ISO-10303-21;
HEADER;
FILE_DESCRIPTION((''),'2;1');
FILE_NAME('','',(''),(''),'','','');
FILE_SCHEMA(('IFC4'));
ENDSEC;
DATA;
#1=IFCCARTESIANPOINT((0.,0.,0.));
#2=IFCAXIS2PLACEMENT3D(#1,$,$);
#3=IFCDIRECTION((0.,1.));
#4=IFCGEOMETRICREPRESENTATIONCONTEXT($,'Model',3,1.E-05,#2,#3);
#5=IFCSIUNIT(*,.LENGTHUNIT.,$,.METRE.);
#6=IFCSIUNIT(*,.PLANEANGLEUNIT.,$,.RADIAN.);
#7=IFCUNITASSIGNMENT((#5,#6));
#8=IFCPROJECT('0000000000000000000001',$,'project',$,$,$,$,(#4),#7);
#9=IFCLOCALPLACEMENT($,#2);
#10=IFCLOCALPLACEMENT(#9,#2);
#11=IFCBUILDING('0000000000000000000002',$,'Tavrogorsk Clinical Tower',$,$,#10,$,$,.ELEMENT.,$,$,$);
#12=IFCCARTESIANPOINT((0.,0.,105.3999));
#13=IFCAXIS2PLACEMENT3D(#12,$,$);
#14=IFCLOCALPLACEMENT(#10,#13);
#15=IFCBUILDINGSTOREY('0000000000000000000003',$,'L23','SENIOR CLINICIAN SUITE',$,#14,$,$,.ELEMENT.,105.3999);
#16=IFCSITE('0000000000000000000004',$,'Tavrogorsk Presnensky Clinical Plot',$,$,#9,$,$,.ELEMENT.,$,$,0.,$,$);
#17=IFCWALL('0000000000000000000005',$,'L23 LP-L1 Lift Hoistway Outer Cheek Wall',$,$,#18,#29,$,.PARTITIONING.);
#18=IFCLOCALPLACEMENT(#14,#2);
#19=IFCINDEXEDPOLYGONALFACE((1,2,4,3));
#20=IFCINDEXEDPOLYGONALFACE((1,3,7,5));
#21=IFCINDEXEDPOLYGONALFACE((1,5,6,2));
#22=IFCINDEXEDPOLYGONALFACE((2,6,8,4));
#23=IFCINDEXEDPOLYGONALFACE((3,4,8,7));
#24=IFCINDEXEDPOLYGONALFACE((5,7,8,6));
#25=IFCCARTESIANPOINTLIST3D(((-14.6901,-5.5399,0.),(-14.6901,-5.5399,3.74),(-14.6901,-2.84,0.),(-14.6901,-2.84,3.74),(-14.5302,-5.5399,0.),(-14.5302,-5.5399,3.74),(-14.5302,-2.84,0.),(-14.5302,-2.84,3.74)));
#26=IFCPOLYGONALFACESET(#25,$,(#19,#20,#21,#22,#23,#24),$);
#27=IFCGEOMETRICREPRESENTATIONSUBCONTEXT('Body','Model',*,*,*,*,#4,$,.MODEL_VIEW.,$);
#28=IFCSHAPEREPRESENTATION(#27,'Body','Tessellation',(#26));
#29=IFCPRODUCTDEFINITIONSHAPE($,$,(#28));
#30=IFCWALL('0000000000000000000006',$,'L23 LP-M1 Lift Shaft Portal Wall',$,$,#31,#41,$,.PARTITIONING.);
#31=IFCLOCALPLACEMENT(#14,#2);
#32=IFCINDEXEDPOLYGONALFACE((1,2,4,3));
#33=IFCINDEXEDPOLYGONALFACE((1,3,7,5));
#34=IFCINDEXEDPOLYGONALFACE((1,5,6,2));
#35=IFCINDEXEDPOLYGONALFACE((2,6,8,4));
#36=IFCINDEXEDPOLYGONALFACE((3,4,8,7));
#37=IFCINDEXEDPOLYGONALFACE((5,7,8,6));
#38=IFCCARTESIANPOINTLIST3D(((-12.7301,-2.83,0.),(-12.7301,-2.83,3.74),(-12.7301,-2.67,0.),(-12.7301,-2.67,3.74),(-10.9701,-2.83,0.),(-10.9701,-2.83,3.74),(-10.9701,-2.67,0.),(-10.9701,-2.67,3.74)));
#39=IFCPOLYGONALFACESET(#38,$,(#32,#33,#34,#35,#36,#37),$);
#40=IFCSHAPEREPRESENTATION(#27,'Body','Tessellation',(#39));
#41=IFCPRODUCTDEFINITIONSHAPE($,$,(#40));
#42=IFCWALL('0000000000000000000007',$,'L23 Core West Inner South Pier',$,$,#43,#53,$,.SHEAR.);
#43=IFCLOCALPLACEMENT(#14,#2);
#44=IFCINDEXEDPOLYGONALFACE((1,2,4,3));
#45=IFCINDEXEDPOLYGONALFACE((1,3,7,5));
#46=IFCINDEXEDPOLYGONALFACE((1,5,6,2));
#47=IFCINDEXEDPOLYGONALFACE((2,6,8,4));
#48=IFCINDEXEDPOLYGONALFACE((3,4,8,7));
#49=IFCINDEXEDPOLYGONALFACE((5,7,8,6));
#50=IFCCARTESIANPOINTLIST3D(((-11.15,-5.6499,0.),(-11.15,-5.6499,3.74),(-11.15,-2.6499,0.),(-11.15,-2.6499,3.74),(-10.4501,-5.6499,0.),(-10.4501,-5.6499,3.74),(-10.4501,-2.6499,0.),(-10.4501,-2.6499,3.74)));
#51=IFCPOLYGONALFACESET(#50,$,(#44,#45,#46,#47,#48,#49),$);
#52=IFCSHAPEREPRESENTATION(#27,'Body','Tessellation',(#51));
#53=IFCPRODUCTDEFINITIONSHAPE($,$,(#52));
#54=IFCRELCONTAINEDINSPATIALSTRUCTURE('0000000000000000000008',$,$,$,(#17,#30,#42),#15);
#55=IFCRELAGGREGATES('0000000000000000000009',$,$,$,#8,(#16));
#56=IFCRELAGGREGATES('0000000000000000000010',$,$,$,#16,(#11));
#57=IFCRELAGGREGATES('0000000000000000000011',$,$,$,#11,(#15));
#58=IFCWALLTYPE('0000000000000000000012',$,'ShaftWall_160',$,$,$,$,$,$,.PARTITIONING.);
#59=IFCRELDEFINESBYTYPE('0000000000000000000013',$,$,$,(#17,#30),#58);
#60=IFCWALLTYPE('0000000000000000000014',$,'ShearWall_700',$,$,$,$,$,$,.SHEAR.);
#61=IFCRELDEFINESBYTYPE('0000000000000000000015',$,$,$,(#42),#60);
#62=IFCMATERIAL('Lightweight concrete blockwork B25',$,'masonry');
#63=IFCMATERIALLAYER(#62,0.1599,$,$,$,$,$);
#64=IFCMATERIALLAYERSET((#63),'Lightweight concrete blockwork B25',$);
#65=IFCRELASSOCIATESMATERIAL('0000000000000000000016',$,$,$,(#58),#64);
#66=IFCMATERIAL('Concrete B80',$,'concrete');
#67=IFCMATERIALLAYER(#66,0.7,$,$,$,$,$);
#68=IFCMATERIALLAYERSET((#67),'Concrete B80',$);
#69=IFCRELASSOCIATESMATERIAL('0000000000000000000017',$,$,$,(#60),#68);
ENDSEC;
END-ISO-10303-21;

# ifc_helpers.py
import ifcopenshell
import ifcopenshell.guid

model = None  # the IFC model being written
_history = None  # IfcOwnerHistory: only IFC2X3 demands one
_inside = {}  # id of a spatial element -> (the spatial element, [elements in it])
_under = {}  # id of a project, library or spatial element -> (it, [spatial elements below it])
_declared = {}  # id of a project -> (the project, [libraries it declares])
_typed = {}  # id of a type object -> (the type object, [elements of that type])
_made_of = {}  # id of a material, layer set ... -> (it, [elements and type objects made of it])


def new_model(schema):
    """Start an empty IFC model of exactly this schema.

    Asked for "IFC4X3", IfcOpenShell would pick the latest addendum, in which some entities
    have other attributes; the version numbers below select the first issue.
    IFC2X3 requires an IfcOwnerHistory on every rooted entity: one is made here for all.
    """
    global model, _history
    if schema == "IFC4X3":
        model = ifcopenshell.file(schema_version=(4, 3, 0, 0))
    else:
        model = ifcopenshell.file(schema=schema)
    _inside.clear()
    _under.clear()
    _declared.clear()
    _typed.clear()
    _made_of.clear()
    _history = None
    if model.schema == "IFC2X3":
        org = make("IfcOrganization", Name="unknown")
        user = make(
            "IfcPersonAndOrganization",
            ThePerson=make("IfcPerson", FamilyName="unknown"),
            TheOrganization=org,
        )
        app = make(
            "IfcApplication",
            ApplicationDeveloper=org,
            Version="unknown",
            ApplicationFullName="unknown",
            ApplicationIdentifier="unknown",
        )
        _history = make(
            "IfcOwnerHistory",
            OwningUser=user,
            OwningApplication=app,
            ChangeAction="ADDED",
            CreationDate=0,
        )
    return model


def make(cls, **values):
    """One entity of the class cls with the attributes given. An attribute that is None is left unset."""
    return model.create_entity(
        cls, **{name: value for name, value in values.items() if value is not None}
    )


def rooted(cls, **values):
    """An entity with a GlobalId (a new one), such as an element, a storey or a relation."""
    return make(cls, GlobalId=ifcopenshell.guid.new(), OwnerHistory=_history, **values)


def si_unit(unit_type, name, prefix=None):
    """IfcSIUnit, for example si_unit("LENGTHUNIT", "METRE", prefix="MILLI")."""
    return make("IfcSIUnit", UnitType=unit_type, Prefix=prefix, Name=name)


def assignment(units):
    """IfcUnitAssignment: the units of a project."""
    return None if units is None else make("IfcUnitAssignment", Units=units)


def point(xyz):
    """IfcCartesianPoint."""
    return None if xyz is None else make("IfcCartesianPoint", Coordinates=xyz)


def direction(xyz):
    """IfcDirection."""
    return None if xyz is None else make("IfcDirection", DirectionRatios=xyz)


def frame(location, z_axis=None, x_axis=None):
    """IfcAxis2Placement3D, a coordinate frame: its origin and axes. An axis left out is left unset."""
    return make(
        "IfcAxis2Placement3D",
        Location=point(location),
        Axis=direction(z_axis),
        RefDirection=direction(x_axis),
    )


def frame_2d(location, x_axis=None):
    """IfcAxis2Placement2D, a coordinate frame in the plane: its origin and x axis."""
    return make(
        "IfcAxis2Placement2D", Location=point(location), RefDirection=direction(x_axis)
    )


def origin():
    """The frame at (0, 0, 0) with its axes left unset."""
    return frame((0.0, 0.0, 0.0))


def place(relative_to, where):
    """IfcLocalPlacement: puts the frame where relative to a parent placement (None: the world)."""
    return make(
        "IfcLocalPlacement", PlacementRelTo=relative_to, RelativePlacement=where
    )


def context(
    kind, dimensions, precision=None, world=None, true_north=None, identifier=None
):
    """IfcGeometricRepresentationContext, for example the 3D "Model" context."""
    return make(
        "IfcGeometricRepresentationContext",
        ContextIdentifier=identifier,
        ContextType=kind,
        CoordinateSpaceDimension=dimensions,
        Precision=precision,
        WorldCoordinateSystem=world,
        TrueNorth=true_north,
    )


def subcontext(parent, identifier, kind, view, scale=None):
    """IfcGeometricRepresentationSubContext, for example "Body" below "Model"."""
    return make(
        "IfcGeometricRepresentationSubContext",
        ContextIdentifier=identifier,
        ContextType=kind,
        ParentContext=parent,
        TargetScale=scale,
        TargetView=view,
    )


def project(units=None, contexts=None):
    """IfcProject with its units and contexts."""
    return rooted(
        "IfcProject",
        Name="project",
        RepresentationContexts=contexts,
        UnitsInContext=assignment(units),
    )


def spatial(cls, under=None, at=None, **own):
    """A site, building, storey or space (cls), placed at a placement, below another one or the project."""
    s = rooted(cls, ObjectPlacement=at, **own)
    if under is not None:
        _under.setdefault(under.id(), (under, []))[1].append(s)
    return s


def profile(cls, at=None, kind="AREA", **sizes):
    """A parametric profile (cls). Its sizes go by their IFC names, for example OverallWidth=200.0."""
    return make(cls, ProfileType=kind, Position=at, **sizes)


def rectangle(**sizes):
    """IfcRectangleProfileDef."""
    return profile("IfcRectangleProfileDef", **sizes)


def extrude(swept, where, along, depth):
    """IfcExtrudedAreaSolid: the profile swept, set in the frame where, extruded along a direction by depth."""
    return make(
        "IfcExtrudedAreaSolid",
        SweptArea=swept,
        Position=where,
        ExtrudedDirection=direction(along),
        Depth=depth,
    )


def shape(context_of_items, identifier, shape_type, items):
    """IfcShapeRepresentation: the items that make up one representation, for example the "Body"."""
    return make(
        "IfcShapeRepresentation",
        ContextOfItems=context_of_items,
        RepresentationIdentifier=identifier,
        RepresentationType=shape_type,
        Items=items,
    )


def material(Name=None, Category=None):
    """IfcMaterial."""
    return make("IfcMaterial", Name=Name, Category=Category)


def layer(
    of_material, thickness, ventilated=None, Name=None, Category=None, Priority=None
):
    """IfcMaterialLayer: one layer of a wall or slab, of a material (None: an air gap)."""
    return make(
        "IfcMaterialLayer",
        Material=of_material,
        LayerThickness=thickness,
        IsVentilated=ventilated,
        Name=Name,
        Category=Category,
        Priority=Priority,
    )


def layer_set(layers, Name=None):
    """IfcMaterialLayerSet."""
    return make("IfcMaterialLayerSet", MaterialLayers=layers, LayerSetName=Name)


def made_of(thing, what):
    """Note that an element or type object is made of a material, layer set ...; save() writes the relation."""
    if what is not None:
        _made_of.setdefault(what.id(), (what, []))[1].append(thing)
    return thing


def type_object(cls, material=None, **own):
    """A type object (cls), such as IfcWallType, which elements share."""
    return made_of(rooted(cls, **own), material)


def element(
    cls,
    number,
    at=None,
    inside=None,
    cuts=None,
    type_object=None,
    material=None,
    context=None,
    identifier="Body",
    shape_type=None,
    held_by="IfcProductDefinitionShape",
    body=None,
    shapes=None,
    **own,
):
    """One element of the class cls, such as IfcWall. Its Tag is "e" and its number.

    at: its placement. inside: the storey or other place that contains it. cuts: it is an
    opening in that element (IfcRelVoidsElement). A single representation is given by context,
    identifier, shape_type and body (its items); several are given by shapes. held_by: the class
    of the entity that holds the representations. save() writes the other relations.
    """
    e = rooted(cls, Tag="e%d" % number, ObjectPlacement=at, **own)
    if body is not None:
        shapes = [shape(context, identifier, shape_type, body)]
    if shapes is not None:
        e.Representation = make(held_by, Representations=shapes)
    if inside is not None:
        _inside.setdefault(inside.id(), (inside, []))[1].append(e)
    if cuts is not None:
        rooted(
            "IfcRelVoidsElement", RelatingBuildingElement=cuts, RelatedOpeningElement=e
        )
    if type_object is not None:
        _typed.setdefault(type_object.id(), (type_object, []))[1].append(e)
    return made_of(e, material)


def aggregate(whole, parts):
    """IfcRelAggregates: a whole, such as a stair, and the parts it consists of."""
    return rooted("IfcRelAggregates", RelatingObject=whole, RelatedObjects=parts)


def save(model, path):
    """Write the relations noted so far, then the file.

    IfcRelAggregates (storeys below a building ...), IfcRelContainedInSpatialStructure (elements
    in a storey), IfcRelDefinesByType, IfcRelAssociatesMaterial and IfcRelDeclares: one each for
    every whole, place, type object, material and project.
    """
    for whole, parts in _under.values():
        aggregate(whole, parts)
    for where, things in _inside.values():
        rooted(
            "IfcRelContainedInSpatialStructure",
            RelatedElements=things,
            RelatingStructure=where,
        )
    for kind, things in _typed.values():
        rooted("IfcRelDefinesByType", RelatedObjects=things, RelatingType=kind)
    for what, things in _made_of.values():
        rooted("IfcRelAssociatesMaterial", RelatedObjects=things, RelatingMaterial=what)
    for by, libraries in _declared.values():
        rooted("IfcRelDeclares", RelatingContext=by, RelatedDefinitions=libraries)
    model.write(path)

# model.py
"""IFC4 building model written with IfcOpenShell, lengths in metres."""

from ifc_helpers import new_model, si_unit, direction, frame, frame_2d, origin, place, context, subcontext, project, spatial, rectangle, extrude, material, layer, layer_set, type_object, element, save


model = new_model("IFC4")

# Units and contexts
model_context = context("Model", 3, precision=1e-05, world=origin(), true_north=direction((0.0, 1.0)))
body_context = subcontext(model_context, "Body", "Model", "MODEL_VIEW")
ifc_project = project(units=[si_unit("LENGTHUNIT", "METRE"), si_unit("PLANEANGLEUNIT", "RADIAN")], contexts=[model_context])

# Site, building, storey
site_placement = place(None, origin())
site = spatial("IfcSite", under=ifc_project, at=site_placement, Name="Tavrogorsk Presnensky Clinical Plot", CompositionType="ELEMENT", RefElevation=0.0)
building_placement = place(site_placement, origin())
building = spatial("IfcBuilding", under=site, at=building_placement, Name="Tavrogorsk Clinical Tower", CompositionType="ELEMENT")
storey_placement = place(building_placement, frame((0.0, 0.0, 105.3999)))
storey = spatial("IfcBuildingStorey", under=building, at=storey_placement, Name="L23", Description="SENIOR CLINICIAN SUITE", CompositionType="ELEMENT", Elevation=105.3999)

# Shared definitions
ifc_material_1 = material(Name="Lightweight concrete blockwork B25", Category="masonry")
ifc_layer_1 = layer(ifc_material_1, 0.1599)
ifc_layer_set_1 = layer_set([ifc_layer_1], Name="Lightweight concrete blockwork B25")
wall_type_1 = type_object("IfcWallType", Name="ShaftWall_160", PredefinedType="PARTITIONING", material=ifc_layer_set_1)

# Walls
for number, where, z_axis, x_axis, name in (
    (1, (-14.6101, -5.54, 0.0), (0.0, 0.0, 1.0), (0.0, 1.0, 0.0), "L23 LP-L1 Lift Hoistway Outer Cheek Wall"),
):
    element("IfcWall", number, at=place(storey_placement, frame(where, z_axis=z_axis, x_axis=x_axis)), inside=storey, type_object=wall_type_1, Name=name, PredefinedType="PARTITIONING", context=body_context, shape_type="SweptSolid", body=[
        extrude(rectangle(XDim=2.7, YDim=0.1599, at=frame_2d((1.3501, 0.0))), origin(), (0.0, 0.0, 1.0), 3.74),
    ])
wall_1_placement = place(storey_placement, frame((-12.73, -2.75, 0.0), z_axis=(0.0, 0.0, 1.0), x_axis=(1.0, 0.0, 0.0)))
element("IfcWall", 2, at=wall_1_placement, inside=storey, type_object=wall_type_1, Name="L23 LP-M1 Lift Shaft Portal Wall", PredefinedType="PARTITIONING", context=body_context, shape_type="SweptSolid", body=[
    extrude(rectangle(XDim=1.76, YDim=0.1599, at=frame_2d((0.8799, 0.0))), origin(), (0.0, 0.0, 1.0), 3.74),
])
ifc_material_2 = material(Name="Concrete B80", Category="concrete")
ifc_layer_2 = layer(ifc_material_2, 0.7)
ifc_layer_set_2 = layer_set([ifc_layer_2], Name="Concrete B80")
wall_type_2 = type_object("IfcWallType", Name="ShearWall_700", PredefinedType="SHEAR", material=ifc_layer_set_2)
wall_2_placement = place(storey_placement, frame((-10.8, -5.6499, 0.0), z_axis=(0.0, 0.0, 1.0), x_axis=(0.0, 1.0, 0.0)))
element("IfcWall", 3, at=wall_2_placement, inside=storey, type_object=wall_type_2, Name="L23 Core West Inner South Pier", PredefinedType="SHEAR", context=body_context, shape_type="SweptSolid", body=[
    extrude(rectangle(XDim=3.0, YDim=0.7, at=frame_2d((1.5, 0.0))), origin(), (0.0, 0.0, 1.0), 3.74),
])

save(model, "model.ifc")
